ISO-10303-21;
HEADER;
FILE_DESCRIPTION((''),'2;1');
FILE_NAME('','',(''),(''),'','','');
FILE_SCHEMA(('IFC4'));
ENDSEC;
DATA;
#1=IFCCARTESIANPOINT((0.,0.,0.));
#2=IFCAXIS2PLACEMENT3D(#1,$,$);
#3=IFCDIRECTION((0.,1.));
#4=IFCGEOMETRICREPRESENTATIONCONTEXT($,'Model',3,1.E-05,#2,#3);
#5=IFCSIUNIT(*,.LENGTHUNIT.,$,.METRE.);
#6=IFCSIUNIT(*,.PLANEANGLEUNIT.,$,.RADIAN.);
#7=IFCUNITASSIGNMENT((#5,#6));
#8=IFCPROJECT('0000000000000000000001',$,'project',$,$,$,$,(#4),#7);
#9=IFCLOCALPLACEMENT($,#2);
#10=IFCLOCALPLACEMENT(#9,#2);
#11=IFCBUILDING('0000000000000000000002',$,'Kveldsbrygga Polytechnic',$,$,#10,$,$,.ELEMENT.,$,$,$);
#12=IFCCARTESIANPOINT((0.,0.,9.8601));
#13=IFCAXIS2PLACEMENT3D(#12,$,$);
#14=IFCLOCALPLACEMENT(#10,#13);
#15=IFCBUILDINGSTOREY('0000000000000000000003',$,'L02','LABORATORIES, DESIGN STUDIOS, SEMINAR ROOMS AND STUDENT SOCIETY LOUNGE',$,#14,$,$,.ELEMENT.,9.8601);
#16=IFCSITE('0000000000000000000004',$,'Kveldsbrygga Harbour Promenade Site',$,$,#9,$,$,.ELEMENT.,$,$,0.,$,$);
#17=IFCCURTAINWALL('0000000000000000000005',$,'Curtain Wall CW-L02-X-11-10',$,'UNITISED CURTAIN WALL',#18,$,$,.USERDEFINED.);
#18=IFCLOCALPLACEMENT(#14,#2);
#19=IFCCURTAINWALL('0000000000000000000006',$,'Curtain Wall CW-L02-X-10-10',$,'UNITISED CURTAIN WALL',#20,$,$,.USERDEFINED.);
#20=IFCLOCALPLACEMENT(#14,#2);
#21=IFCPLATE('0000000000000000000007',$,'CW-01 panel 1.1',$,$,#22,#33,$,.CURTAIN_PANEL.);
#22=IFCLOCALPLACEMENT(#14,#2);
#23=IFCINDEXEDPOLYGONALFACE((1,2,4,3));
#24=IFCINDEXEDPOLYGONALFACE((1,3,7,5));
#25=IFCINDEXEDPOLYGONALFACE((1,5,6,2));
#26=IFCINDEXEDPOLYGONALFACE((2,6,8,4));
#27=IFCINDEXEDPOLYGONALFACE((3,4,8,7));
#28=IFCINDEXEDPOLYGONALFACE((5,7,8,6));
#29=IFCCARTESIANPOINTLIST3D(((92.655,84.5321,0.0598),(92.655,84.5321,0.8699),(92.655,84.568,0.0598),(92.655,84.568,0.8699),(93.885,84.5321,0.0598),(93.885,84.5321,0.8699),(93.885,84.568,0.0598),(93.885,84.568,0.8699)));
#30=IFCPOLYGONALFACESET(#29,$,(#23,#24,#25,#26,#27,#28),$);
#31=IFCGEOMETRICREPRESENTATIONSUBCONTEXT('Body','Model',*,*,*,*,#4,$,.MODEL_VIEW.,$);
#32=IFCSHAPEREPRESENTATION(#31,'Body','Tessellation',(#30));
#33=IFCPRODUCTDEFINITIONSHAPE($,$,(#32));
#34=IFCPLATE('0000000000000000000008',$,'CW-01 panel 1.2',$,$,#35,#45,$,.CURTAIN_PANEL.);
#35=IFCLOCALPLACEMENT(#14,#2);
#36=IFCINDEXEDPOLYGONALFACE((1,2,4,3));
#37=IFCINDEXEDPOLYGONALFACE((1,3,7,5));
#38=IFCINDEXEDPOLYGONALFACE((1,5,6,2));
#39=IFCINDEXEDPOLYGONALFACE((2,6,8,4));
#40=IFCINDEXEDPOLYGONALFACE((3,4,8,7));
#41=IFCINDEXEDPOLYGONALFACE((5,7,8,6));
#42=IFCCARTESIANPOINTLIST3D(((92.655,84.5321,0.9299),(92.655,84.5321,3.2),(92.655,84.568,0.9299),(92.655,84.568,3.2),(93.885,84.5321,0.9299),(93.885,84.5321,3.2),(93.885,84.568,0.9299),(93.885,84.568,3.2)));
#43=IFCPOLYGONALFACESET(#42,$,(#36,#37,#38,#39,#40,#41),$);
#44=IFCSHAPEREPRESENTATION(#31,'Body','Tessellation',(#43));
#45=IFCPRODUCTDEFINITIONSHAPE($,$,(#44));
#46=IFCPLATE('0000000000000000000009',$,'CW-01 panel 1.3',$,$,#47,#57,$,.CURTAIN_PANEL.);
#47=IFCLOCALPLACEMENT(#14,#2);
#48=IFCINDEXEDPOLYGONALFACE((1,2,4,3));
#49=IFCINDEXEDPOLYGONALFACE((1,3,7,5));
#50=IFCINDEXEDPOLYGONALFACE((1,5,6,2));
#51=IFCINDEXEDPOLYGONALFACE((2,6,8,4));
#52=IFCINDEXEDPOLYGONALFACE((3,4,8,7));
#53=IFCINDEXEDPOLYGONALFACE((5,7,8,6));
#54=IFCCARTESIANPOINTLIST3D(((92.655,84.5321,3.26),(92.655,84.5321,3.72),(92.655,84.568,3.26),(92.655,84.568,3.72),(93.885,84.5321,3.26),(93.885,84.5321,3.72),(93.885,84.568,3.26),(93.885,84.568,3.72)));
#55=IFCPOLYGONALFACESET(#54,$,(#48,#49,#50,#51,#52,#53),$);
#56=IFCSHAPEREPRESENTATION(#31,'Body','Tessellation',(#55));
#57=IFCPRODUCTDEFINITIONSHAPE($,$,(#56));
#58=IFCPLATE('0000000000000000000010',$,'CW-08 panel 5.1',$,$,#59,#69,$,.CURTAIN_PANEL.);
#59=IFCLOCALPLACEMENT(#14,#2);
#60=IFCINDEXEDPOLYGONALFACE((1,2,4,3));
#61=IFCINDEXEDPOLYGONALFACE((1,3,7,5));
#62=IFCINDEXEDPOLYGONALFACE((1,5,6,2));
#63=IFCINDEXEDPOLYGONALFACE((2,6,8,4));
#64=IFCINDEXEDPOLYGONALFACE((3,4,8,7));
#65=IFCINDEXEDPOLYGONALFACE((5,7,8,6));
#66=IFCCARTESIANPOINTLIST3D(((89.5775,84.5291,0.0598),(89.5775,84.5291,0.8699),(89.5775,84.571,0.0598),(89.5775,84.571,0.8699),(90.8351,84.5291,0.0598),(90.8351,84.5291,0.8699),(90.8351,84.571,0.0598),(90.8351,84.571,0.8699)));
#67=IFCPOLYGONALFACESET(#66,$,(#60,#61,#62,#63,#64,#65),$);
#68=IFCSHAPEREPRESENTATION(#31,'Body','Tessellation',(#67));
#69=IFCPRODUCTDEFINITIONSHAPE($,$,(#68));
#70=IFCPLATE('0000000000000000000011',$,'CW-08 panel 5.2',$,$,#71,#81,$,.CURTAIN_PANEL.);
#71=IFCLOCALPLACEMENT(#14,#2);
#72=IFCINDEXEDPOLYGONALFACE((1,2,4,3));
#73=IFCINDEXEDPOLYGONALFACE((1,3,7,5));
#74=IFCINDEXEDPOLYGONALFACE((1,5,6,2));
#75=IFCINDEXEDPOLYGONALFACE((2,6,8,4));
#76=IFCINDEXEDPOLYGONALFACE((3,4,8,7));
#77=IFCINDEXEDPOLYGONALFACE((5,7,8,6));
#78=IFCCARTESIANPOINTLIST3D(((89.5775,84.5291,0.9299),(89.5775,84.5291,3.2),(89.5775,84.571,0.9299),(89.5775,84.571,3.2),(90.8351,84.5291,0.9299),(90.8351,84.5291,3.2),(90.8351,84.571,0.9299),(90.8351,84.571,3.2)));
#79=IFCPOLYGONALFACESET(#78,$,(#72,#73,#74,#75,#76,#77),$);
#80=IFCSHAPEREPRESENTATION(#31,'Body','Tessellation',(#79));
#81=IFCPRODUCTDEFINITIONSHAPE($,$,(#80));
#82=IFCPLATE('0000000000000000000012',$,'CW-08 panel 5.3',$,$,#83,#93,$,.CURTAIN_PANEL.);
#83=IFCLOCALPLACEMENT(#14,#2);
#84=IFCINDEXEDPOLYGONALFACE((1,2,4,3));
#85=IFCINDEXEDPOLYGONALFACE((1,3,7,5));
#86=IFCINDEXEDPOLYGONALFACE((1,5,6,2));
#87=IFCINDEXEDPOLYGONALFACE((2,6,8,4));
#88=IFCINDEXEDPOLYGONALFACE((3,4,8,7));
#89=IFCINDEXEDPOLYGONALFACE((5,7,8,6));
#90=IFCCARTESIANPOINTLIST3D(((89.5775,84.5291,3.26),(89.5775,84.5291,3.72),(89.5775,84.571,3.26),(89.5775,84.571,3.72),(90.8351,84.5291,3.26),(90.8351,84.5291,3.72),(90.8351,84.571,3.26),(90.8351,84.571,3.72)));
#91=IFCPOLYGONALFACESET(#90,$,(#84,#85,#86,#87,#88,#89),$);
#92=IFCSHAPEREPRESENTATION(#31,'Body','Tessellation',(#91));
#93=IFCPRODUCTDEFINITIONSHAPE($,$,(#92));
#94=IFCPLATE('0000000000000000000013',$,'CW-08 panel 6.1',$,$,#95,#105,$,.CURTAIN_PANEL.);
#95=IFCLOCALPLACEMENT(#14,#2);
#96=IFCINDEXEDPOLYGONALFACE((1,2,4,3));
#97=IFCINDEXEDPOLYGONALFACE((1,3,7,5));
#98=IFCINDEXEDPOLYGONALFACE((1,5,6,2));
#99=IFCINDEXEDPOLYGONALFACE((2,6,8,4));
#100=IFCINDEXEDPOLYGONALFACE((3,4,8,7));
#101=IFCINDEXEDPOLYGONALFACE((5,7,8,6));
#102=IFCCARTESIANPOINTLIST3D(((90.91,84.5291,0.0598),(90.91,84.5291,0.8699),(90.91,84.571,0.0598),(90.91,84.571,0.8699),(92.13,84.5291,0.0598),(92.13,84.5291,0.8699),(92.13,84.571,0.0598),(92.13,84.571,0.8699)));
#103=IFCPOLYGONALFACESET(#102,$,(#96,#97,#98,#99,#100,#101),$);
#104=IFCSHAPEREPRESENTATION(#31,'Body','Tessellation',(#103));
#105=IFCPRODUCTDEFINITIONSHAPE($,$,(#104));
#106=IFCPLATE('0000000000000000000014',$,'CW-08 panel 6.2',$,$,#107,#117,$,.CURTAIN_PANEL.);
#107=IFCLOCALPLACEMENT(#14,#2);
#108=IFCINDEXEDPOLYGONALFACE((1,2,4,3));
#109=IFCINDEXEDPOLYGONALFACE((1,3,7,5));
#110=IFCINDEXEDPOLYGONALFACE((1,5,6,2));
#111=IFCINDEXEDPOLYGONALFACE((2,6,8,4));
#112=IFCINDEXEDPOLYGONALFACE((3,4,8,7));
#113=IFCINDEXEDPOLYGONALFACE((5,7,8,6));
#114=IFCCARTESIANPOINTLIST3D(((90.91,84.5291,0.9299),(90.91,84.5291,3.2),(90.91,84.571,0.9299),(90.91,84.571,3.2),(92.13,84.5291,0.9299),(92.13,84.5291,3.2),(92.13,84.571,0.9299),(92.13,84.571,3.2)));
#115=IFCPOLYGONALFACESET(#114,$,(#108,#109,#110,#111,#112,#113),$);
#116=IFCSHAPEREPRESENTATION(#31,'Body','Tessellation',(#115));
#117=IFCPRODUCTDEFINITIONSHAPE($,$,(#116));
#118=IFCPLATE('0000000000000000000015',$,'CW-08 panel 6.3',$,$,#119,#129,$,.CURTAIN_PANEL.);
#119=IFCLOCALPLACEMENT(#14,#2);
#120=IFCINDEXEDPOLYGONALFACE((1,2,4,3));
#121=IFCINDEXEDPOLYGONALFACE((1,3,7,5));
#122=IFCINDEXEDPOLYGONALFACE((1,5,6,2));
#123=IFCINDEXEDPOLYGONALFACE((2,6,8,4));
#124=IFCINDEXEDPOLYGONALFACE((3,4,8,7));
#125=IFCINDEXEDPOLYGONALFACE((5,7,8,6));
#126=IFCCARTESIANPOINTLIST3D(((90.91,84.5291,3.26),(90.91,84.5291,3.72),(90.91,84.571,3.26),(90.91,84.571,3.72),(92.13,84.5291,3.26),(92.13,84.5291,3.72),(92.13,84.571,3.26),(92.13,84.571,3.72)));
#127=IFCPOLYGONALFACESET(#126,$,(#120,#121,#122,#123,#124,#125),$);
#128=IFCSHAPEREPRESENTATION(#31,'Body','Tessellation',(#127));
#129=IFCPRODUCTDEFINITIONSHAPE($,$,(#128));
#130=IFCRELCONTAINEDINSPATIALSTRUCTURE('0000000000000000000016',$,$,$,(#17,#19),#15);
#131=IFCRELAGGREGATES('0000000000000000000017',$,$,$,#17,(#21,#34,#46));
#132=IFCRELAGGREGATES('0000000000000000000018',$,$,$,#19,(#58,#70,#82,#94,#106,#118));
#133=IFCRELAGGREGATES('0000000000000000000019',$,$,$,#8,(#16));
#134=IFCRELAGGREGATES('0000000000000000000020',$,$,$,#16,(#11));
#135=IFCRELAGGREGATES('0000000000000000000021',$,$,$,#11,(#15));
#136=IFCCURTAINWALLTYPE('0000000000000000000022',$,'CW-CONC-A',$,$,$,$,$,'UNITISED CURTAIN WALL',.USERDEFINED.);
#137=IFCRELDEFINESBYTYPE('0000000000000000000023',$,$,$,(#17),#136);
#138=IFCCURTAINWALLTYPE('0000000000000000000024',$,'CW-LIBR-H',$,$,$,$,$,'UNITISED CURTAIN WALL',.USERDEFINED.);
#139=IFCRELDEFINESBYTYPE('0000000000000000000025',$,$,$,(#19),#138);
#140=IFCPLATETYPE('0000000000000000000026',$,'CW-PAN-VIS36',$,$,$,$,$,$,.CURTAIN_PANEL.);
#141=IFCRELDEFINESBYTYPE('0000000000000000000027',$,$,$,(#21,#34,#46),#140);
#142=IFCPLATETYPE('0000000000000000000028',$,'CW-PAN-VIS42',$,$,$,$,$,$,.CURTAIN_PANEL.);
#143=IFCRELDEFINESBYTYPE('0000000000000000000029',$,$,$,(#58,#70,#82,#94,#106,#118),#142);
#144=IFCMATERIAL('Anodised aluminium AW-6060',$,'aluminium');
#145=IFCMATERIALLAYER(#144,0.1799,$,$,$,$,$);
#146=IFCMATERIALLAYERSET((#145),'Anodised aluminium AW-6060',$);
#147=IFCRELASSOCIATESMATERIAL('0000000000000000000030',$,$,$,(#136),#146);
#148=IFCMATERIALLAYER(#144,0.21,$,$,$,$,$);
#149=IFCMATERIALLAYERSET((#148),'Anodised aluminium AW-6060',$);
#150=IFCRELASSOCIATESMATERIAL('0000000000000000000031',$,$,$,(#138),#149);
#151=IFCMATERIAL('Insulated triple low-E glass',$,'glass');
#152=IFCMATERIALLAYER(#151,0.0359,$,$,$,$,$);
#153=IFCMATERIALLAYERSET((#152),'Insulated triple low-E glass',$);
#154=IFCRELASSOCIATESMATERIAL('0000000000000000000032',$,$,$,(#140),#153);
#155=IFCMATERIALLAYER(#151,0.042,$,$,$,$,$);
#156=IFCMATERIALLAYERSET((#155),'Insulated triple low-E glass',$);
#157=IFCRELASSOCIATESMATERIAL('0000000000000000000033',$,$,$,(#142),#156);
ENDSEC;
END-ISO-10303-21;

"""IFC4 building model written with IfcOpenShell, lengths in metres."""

from ifc_helpers import new_model, si_unit, direction, frame, origin, origin_2d, place, context, subcontext, project, spatial, rectangle, extrude, material, layer, layer_set, type_object, element, aggregate, save


model = new_model("IFC4")

# Units and contexts
model_context = context("Model", 3, precision=1e-05, world=origin(), true_north=direction((0.0, 1.0)))
body_context = subcontext(model_context, "Body", "Model", "MODEL_VIEW")
ifc_project = project(units=[si_unit("LENGTHUNIT", "METRE"), si_unit("PLANEANGLEUNIT", "RADIAN")], contexts=[model_context])

# Site, building, storey
site_placement = place(None, origin())
site = spatial("IfcSite", under=ifc_project, at=site_placement, Name="Kveldsbrygga Harbour Promenade Site", CompositionType="ELEMENT", RefElevation=0.0)
building_placement = place(site_placement, origin())
building = spatial("IfcBuilding", under=site, at=building_placement, Name="Kveldsbrygga Polytechnic", CompositionType="ELEMENT")
storey_placement = place(building_placement, frame((0.0, 0.0, 9.8601)))
storey = spatial("IfcBuildingStorey", under=building, at=storey_placement, Name="L02", Description="LABORATORIES, DESIGN STUDIOS, SEMINAR ROOMS AND STUDENT SOCIETY LOUNGE", CompositionType="ELEMENT", Elevation=9.8601)

# Curtain walls
ifc_material_1 = material(Name="Anodised aluminium AW-6060", Category="aluminium")
ifc_layer_1 = layer(ifc_material_1, 0.1799)
ifc_layer_set_1 = layer_set([ifc_layer_1], Name="Anodised aluminium AW-6060")
curtain_wall_type_1 = type_object("IfcCurtainWallType", Name="CW-CONC-A", ElementType="UNITISED CURTAIN WALL", PredefinedType="USERDEFINED", material=ifc_layer_set_1)
curtain_wall_1_placement = place(storey_placement, origin())
curtain_wall_1 = element("IfcCurtainWall", 1, at=curtain_wall_1_placement, inside=storey, type_object=curtain_wall_type_1, Name="Curtain Wall CW-L02-X-11-10", ObjectType="UNITISED CURTAIN WALL", PredefinedType="USERDEFINED")
ifc_layer_2 = layer(ifc_material_1, 0.21)
ifc_layer_set_2 = layer_set([ifc_layer_2], Name="Anodised aluminium AW-6060")
curtain_wall_type_2 = type_object("IfcCurtainWallType", Name="CW-LIBR-H", ElementType="UNITISED CURTAIN WALL", PredefinedType="USERDEFINED", material=ifc_layer_set_2)
curtain_wall_2_placement = place(storey_placement, origin())
curtain_wall_2 = element("IfcCurtainWall", 2, at=curtain_wall_2_placement, inside=storey, type_object=curtain_wall_type_2, Name="Curtain Wall CW-L02-X-10-10", ObjectType="UNITISED CURTAIN WALL", PredefinedType="USERDEFINED")

# Plates
ifc_material_2 = material(Name="Insulated triple low-E glass", Category="glass")
ifc_layer_3 = layer(ifc_material_2, 0.0359)
ifc_layer_set_3 = layer_set([ifc_layer_3], Name="Insulated triple low-E glass")
plate_type_1 = type_object("IfcPlateType", Name="CW-PAN-VIS36", PredefinedType="CURTAIN_PANEL", material=ifc_layer_set_3)
plate_1_placement = place(storey_placement, frame((93.27, 84.55, 0.0598), z_axis=(0.0, 0.0, 1.0), x_axis=(1.0, 0.0, 0.0)))
plate_1 = element("IfcPlate", 3, at=plate_1_placement, type_object=plate_type_1, Name="CW-01 panel 1.1", PredefinedType="CURTAIN_PANEL", context=body_context, shape_type="SweptSolid", body=[
    extrude(rectangle(XDim=1.23, YDim=0.0359, at=origin_2d()), origin(), (0.0, 0.0, 1.0), 0.8101),
])
plate_2_placement = place(storey_placement, frame((93.27, 84.55, 0.9299), z_axis=(0.0, 0.0, 1.0), x_axis=(1.0, 0.0, 0.0)))
plate_2 = element("IfcPlate", 4, at=plate_2_placement, type_object=plate_type_1, Name="CW-01 panel 1.2", PredefinedType="CURTAIN_PANEL", context=body_context, shape_type="SweptSolid", body=[
    extrude(rectangle(XDim=1.23, YDim=0.0359, at=origin_2d()), origin(), (0.0, 0.0, 1.0), 2.27),
])
plate_3_placement = place(storey_placement, frame((93.27, 84.55, 3.26), z_axis=(0.0, 0.0, 1.0), x_axis=(1.0, 0.0, 0.0)))
plate_3 = element("IfcPlate", 5, at=plate_3_placement, type_object=plate_type_1, Name="CW-01 panel 1.3", PredefinedType="CURTAIN_PANEL", context=body_context, shape_type="SweptSolid", body=[
    extrude(rectangle(XDim=1.23, YDim=0.0359, at=origin_2d()), origin(), (0.0, 0.0, 1.0), 0.46),
])
aggregate(curtain_wall_1, [plate_1, plate_2, plate_3])
ifc_layer_4 = layer(ifc_material_2, 0.042)
ifc_layer_set_4 = layer_set([ifc_layer_4], Name="Insulated triple low-E glass")
plate_type_2 = type_object("IfcPlateType", Name="CW-PAN-VIS42", PredefinedType="CURTAIN_PANEL", material=ifc_layer_set_4)
plate_4_placement = place(storey_placement, frame((90.2063, 84.55, 0.0598), z_axis=(0.0, 0.0, 1.0), x_axis=(1.0, 0.0, 0.0)))
plate_4 = element("IfcPlate", 6, at=plate_4_placement, type_object=plate_type_2, Name="CW-08 panel 5.1", PredefinedType="CURTAIN_PANEL", context=body_context, shape_type="SweptSolid", body=[
    extrude(rectangle(XDim=1.2576, YDim=0.042, at=origin_2d()), origin(), (0.0, 0.0, 1.0), 0.8101),
])
plate_5_placement = place(storey_placement, frame((90.2063, 84.55, 0.9299), z_axis=(0.0, 0.0, 1.0), x_axis=(1.0, 0.0, 0.0)))
plate_5 = element("IfcPlate", 7, at=plate_5_placement, type_object=plate_type_2, Name="CW-08 panel 5.2", PredefinedType="CURTAIN_PANEL", context=body_context, shape_type="SweptSolid", body=[
    extrude(rectangle(XDim=1.2576, YDim=0.042, at=origin_2d()), origin(), (0.0, 0.0, 1.0), 2.27),
])
plate_6_placement = place(storey_placement, frame((90.2063, 84.55, 3.26), z_axis=(0.0, 0.0, 1.0), x_axis=(1.0, 0.0, 0.0)))
plate_6 = element("IfcPlate", 8, at=plate_6_placement, type_object=plate_type_2, Name="CW-08 panel 5.3", PredefinedType="CURTAIN_PANEL", context=body_context, shape_type="SweptSolid", body=[
    extrude(rectangle(XDim=1.2576, YDim=0.042, at=origin_2d()), origin(), (0.0, 0.0, 1.0), 0.46),
])
plate_7_placement = place(storey_placement, frame((91.52, 84.55, 0.0598), z_axis=(0.0, 0.0, 1.0), x_axis=(1.0, 0.0, 0.0)))
plate_7 = element("IfcPlate", 9, at=plate_7_placement, type_object=plate_type_2, Name="CW-08 panel 6.1", PredefinedType="CURTAIN_PANEL", context=body_context, shape_type="SweptSolid", body=[
    extrude(rectangle(XDim=1.22, YDim=0.042, at=origin_2d()), origin(), (0.0, 0.0, 1.0), 0.8101),
])
plate_8_placement = place(storey_placement, frame((91.52, 84.55, 0.9299), z_axis=(0.0, 0.0, 1.0), x_axis=(1.0, 0.0, 0.0)))
plate_8 = element("IfcPlate", 10, at=plate_8_placement, type_object=plate_type_2, Name="CW-08 panel 6.2", PredefinedType="CURTAIN_PANEL", context=body_context, shape_type="SweptSolid", body=[
    extrude(rectangle(XDim=1.22, YDim=0.042, at=origin_2d()), origin(), (0.0, 0.0, 1.0), 2.27),
])
plate_9_placement = place(storey_placement, frame((91.52, 84.55, 3.26), z_axis=(0.0, 0.0, 1.0), x_axis=(1.0, 0.0, 0.0)))
plate_9 = element("IfcPlate", 11, at=plate_9_placement, type_object=plate_type_2, Name="CW-08 panel 6.3", PredefinedType="CURTAIN_PANEL", context=body_context, shape_type="SweptSolid", body=[
    extrude(rectangle(XDim=1.22, YDim=0.042, at=origin_2d()), origin(), (0.0, 0.0, 1.0), 0.46),
])
aggregate(curtain_wall_2, [plate_4, plate_5, plate_6, plate_7, plate_8, plate_9])

save(model, "model.ifc")
